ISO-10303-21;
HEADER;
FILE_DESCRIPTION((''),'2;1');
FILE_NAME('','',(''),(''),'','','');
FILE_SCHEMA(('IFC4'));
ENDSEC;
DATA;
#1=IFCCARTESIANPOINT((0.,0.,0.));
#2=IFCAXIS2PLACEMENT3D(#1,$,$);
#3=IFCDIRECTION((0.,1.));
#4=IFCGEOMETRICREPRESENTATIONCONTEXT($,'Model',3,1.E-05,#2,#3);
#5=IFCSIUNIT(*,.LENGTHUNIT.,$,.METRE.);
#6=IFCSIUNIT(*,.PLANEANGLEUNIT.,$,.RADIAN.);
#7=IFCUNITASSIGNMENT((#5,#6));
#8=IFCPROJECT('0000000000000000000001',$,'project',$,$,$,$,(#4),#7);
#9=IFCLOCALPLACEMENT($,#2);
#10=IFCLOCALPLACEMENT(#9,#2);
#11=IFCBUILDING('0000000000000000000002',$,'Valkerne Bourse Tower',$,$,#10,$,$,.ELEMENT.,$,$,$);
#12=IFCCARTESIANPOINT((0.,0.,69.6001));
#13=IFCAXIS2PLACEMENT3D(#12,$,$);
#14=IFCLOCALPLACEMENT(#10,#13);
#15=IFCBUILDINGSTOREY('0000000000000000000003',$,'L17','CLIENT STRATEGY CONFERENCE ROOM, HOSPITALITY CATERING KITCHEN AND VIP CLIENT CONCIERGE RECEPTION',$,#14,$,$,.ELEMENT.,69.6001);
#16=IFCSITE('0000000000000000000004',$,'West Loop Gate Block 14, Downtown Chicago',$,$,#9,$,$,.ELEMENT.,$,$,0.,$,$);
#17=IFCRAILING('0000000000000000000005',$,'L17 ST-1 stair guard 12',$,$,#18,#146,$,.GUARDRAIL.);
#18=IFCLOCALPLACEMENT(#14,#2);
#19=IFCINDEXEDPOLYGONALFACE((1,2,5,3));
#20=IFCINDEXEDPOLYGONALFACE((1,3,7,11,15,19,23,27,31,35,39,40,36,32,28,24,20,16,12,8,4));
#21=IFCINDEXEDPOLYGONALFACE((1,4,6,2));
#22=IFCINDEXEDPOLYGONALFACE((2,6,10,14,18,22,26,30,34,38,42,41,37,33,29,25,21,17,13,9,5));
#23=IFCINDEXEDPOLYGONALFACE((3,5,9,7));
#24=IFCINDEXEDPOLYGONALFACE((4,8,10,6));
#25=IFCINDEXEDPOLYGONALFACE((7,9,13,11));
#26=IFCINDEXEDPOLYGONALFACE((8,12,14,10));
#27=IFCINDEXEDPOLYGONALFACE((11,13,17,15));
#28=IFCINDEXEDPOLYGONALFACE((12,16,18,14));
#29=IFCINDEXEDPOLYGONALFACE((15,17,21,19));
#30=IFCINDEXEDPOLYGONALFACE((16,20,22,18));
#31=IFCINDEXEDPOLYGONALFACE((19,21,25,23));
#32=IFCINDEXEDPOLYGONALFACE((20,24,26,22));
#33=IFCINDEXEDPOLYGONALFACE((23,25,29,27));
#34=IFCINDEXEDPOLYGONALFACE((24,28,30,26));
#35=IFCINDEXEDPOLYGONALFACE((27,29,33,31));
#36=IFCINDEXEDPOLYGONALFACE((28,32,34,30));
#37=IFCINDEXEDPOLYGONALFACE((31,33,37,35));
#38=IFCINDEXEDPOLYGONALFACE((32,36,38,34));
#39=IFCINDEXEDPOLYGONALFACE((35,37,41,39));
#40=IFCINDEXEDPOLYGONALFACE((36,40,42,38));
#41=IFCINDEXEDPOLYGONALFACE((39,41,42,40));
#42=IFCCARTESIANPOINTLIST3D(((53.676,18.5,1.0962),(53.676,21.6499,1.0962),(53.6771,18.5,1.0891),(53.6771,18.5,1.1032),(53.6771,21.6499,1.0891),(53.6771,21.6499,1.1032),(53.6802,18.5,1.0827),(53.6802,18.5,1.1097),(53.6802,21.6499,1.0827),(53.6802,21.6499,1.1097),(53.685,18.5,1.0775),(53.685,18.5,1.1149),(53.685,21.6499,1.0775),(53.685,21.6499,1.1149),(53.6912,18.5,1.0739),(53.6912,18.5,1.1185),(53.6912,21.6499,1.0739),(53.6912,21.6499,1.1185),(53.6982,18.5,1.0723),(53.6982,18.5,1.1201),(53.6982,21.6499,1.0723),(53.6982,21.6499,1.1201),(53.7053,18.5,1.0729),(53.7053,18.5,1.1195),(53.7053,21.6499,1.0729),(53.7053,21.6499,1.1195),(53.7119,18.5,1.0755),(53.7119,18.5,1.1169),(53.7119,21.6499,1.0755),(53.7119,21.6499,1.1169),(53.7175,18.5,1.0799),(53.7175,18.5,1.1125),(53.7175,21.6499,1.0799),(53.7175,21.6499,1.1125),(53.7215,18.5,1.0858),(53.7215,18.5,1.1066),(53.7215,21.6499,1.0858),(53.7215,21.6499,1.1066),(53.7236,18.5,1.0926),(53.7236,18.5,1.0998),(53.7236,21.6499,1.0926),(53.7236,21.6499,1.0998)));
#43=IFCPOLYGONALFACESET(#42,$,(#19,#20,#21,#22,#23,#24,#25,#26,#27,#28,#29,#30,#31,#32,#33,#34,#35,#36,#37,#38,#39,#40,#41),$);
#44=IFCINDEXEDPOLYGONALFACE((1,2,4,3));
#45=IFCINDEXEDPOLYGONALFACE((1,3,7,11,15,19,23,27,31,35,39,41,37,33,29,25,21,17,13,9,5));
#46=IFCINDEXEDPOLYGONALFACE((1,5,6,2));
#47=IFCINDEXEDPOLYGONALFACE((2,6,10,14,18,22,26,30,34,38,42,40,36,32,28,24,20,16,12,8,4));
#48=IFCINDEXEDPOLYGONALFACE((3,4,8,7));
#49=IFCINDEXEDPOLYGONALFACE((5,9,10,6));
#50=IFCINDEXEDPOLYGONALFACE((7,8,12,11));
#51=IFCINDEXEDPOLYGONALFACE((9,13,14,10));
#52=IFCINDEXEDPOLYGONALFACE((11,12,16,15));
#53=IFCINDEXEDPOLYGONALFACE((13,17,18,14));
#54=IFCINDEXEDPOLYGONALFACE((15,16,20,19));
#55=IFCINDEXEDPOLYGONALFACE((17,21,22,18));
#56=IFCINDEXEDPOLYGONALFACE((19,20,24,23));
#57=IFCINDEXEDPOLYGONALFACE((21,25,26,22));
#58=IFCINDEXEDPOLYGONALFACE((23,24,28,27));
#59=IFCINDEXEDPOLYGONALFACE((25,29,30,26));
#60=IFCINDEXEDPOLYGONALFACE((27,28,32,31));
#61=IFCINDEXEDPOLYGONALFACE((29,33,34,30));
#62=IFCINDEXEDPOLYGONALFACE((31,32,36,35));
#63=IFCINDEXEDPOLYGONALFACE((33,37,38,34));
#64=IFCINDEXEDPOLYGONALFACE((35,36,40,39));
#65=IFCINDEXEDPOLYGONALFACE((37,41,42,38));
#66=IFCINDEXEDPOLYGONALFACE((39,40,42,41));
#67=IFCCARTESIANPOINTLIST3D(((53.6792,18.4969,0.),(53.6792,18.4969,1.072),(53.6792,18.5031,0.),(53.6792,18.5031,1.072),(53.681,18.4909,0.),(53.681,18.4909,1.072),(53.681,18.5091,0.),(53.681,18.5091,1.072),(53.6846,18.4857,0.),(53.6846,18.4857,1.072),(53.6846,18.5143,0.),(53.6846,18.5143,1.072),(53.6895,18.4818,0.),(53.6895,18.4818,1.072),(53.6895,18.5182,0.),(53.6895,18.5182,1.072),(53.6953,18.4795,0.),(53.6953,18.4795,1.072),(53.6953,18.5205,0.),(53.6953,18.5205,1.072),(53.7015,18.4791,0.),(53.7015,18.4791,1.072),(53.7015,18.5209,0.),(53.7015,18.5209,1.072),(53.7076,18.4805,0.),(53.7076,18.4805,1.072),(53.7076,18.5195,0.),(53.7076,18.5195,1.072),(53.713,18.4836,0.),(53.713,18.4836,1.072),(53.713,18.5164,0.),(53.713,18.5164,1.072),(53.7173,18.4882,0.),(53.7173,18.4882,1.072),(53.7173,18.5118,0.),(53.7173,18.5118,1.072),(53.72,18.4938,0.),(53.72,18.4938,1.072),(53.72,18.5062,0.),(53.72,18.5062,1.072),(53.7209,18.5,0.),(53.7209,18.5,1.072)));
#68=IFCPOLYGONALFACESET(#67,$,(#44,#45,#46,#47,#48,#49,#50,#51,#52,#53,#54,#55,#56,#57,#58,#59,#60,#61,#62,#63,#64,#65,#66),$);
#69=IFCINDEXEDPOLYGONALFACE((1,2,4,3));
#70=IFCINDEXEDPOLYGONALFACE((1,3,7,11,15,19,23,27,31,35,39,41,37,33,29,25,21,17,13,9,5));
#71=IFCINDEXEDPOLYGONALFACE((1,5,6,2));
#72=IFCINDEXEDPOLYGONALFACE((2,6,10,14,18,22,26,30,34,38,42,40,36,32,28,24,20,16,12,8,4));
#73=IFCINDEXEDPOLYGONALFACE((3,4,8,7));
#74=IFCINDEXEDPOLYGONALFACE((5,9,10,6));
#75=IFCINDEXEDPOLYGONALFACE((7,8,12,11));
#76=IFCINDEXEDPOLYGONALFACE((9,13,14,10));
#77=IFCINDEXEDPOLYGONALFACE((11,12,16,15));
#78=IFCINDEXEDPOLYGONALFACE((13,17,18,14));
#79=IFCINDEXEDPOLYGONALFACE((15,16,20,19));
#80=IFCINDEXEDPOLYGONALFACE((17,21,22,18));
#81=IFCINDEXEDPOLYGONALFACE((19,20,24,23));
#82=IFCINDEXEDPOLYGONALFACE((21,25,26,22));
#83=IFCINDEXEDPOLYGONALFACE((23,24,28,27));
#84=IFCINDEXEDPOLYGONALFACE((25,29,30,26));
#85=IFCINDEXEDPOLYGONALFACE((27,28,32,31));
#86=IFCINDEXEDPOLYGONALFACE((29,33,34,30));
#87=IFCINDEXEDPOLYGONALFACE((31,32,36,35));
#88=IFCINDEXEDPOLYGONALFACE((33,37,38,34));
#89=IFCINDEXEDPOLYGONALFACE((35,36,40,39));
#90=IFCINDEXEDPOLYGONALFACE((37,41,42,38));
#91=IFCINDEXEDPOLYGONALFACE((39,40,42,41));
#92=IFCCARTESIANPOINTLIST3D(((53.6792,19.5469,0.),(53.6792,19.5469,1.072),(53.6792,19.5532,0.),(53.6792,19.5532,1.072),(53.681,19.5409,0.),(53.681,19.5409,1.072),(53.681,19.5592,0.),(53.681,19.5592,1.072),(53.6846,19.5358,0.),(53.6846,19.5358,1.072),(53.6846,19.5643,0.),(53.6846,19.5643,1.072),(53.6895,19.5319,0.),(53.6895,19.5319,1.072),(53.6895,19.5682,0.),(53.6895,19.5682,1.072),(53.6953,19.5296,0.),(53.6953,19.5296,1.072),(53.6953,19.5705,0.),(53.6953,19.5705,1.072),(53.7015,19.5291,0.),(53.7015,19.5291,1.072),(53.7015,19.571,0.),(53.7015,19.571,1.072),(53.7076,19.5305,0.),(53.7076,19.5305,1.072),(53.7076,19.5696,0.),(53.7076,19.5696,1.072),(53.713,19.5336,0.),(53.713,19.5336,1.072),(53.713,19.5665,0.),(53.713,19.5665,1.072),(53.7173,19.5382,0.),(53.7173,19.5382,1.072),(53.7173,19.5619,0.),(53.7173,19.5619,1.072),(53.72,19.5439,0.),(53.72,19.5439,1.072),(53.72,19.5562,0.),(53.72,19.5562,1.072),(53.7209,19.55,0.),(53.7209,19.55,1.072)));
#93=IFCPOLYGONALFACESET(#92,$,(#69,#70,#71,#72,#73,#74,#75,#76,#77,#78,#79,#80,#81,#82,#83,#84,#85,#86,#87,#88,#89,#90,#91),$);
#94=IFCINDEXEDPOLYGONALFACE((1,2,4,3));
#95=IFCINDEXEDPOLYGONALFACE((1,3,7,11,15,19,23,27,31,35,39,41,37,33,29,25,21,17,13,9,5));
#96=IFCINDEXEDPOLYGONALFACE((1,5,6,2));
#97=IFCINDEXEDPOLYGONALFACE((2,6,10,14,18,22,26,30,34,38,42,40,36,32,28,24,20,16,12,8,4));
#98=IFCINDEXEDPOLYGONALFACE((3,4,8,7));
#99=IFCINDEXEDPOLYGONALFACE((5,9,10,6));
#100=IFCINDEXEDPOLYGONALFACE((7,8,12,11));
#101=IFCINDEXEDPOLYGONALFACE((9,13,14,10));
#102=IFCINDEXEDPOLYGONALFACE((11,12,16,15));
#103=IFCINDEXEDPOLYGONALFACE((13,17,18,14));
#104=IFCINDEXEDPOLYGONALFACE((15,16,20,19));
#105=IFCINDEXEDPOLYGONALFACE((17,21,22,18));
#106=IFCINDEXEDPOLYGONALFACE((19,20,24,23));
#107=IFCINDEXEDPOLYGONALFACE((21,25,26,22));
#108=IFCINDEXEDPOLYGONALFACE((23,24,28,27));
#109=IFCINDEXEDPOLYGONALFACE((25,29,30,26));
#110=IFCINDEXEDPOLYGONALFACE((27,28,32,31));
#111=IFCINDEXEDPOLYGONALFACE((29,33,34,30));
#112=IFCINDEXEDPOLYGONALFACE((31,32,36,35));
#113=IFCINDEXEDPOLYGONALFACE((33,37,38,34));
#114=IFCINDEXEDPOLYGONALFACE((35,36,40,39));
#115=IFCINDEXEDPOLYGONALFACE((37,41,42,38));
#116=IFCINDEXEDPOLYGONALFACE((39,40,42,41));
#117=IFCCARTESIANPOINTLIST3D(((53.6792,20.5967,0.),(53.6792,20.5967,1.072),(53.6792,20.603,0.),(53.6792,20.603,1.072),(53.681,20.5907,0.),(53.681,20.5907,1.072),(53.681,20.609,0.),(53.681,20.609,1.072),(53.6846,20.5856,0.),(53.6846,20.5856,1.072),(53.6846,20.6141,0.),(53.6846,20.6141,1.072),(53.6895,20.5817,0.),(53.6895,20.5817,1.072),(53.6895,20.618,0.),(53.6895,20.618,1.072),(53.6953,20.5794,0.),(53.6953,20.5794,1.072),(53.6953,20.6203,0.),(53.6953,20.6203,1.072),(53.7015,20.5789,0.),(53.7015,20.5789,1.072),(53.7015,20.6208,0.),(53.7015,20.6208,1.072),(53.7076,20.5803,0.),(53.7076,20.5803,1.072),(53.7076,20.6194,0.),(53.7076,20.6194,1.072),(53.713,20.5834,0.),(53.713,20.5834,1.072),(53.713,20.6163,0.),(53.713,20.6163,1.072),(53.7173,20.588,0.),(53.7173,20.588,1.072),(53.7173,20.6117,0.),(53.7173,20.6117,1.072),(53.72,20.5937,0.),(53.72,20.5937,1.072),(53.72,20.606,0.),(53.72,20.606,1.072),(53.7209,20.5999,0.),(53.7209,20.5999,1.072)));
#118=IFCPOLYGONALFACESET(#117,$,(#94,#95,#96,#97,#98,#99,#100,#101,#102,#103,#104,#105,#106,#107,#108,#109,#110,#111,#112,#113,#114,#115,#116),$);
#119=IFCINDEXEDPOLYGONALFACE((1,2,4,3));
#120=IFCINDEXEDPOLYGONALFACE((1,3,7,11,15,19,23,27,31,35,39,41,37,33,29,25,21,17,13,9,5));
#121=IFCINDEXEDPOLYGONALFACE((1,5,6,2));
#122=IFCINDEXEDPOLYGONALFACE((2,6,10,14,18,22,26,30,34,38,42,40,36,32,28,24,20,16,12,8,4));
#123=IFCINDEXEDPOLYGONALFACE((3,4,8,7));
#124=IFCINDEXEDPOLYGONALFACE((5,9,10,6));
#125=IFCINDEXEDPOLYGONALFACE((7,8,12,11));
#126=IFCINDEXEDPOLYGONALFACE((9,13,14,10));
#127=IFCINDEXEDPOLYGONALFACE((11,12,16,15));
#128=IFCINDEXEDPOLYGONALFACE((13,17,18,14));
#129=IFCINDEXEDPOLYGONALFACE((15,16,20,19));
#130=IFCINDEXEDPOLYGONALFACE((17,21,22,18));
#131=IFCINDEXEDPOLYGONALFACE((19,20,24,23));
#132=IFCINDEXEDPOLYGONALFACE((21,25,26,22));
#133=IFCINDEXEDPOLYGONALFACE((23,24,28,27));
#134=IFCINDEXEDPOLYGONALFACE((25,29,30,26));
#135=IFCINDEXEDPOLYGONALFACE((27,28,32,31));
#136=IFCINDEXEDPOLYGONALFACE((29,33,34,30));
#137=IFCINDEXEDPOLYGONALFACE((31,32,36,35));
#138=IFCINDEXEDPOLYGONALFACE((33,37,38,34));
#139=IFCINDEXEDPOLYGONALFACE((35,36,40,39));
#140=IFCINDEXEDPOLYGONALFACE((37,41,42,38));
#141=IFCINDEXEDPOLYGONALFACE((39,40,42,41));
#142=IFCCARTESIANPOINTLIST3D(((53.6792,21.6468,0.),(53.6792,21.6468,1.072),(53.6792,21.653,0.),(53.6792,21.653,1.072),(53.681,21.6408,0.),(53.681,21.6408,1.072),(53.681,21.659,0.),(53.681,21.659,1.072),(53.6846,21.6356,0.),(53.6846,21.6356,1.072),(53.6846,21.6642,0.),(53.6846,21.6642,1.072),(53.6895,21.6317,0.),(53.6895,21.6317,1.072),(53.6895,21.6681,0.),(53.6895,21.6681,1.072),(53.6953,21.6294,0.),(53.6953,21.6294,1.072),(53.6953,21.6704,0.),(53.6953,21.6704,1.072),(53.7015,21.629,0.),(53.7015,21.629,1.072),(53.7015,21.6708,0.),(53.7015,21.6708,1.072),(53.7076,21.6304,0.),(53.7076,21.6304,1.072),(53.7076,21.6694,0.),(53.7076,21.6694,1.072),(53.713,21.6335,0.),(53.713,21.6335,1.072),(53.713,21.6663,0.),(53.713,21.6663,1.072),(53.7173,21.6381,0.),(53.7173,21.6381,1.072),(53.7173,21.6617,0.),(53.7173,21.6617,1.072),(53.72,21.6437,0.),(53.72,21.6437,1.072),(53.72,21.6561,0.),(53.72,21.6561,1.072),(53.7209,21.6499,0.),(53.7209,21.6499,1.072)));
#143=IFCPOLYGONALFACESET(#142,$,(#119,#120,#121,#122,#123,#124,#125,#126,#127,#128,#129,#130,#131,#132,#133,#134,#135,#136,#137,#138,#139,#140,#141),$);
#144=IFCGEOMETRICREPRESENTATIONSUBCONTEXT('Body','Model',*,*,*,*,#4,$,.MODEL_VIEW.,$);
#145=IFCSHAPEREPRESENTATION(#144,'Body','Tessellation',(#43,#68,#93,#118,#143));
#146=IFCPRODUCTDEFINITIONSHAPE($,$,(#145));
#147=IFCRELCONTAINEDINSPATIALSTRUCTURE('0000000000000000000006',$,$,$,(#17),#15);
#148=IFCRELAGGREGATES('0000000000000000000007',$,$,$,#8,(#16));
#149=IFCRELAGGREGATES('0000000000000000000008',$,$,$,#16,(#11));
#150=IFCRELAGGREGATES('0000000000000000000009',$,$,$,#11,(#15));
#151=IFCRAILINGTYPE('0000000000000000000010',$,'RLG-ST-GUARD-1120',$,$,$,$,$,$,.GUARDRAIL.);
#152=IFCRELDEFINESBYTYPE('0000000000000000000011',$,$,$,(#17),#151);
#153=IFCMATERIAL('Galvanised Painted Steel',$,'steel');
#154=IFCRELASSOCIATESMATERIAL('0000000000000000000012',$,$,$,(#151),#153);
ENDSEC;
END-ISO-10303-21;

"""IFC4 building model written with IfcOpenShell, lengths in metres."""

from ifc_helpers import new_model, si_unit, direction, frame, origin, origin_2d, place, context, subcontext, project, spatial, circle, extrude, material, type_object, element, save


model = new_model("IFC4")

# Units and contexts
model_context = context("Model", 3, precision=1e-05, world=origin(), true_north=direction((0.0, 1.0)))
body_context = subcontext(model_context, "Body", "Model", "MODEL_VIEW")
ifc_project = project(units=[si_unit("LENGTHUNIT", "METRE"), si_unit("PLANEANGLEUNIT", "RADIAN")], contexts=[model_context])

# Site, building, storey
site_placement = place(None, origin())
site = spatial("IfcSite", under=ifc_project, at=site_placement, Name="West Loop Gate Block 14, Downtown Chicago", CompositionType="ELEMENT", RefElevation=0.0)
building_placement = place(site_placement, origin())
building = spatial("IfcBuilding", under=site, at=building_placement, Name="Valkerne Bourse Tower", CompositionType="ELEMENT")
storey_placement = place(building_placement, frame((0.0, 0.0, 69.6001)))
storey = spatial("IfcBuildingStorey", under=building, at=storey_placement, Name="L17", Description="CLIENT STRATEGY CONFERENCE ROOM, HOSPITALITY CATERING KITCHEN AND VIP CLIENT CONCIERGE RECEPTION", CompositionType="ELEMENT", Elevation=69.6001)

# Shared definitions
ifc_material_1 = material(Name="Galvanised Painted Steel", Category="steel")

# Railing
railing_type_1 = type_object("IfcRailingType", Name="RLG-ST-GUARD-1120", PredefinedType="GUARDRAIL", material=ifc_material_1)
railing_1_placement = place(storey_placement, frame((53.7, 18.5, 0.0)))
element("IfcRailing", 1, at=railing_1_placement, inside=storey, type_object=railing_type_1, Name="L17 ST-1 stair guard 12", PredefinedType="GUARDRAIL", context=body_context, shape_type="SweptSolid", body=[
    extrude(circle(Radius=0.0239, at=origin_2d()), frame((0.0, 0.0, 1.0962), z_axis=(0.0, 1.0, 0.0), x_axis=(-1.0, 0.0, 0.0)), (0.0, 0.0, 1.0), 3.1499),
    extrude(circle(Radius=0.021, at=origin_2d()), origin(), (0.0, 0.0, 1.0), 1.072),
    extrude(circle(Radius=0.021, at=origin_2d()), frame((0.0, 1.05, 0.0)), (0.0, 0.0, 1.0), 1.072),
    extrude(circle(Radius=0.021, at=origin_2d()), frame((0.0, 2.0999, 0.0)), (0.0, 0.0, 1.0), 1.072),
    extrude(circle(Radius=0.021, at=origin_2d()), frame((0.0, 3.1499, 0.0)), (0.0, 0.0, 1.0), 1.072),
])

save(model, "model.ifc")
